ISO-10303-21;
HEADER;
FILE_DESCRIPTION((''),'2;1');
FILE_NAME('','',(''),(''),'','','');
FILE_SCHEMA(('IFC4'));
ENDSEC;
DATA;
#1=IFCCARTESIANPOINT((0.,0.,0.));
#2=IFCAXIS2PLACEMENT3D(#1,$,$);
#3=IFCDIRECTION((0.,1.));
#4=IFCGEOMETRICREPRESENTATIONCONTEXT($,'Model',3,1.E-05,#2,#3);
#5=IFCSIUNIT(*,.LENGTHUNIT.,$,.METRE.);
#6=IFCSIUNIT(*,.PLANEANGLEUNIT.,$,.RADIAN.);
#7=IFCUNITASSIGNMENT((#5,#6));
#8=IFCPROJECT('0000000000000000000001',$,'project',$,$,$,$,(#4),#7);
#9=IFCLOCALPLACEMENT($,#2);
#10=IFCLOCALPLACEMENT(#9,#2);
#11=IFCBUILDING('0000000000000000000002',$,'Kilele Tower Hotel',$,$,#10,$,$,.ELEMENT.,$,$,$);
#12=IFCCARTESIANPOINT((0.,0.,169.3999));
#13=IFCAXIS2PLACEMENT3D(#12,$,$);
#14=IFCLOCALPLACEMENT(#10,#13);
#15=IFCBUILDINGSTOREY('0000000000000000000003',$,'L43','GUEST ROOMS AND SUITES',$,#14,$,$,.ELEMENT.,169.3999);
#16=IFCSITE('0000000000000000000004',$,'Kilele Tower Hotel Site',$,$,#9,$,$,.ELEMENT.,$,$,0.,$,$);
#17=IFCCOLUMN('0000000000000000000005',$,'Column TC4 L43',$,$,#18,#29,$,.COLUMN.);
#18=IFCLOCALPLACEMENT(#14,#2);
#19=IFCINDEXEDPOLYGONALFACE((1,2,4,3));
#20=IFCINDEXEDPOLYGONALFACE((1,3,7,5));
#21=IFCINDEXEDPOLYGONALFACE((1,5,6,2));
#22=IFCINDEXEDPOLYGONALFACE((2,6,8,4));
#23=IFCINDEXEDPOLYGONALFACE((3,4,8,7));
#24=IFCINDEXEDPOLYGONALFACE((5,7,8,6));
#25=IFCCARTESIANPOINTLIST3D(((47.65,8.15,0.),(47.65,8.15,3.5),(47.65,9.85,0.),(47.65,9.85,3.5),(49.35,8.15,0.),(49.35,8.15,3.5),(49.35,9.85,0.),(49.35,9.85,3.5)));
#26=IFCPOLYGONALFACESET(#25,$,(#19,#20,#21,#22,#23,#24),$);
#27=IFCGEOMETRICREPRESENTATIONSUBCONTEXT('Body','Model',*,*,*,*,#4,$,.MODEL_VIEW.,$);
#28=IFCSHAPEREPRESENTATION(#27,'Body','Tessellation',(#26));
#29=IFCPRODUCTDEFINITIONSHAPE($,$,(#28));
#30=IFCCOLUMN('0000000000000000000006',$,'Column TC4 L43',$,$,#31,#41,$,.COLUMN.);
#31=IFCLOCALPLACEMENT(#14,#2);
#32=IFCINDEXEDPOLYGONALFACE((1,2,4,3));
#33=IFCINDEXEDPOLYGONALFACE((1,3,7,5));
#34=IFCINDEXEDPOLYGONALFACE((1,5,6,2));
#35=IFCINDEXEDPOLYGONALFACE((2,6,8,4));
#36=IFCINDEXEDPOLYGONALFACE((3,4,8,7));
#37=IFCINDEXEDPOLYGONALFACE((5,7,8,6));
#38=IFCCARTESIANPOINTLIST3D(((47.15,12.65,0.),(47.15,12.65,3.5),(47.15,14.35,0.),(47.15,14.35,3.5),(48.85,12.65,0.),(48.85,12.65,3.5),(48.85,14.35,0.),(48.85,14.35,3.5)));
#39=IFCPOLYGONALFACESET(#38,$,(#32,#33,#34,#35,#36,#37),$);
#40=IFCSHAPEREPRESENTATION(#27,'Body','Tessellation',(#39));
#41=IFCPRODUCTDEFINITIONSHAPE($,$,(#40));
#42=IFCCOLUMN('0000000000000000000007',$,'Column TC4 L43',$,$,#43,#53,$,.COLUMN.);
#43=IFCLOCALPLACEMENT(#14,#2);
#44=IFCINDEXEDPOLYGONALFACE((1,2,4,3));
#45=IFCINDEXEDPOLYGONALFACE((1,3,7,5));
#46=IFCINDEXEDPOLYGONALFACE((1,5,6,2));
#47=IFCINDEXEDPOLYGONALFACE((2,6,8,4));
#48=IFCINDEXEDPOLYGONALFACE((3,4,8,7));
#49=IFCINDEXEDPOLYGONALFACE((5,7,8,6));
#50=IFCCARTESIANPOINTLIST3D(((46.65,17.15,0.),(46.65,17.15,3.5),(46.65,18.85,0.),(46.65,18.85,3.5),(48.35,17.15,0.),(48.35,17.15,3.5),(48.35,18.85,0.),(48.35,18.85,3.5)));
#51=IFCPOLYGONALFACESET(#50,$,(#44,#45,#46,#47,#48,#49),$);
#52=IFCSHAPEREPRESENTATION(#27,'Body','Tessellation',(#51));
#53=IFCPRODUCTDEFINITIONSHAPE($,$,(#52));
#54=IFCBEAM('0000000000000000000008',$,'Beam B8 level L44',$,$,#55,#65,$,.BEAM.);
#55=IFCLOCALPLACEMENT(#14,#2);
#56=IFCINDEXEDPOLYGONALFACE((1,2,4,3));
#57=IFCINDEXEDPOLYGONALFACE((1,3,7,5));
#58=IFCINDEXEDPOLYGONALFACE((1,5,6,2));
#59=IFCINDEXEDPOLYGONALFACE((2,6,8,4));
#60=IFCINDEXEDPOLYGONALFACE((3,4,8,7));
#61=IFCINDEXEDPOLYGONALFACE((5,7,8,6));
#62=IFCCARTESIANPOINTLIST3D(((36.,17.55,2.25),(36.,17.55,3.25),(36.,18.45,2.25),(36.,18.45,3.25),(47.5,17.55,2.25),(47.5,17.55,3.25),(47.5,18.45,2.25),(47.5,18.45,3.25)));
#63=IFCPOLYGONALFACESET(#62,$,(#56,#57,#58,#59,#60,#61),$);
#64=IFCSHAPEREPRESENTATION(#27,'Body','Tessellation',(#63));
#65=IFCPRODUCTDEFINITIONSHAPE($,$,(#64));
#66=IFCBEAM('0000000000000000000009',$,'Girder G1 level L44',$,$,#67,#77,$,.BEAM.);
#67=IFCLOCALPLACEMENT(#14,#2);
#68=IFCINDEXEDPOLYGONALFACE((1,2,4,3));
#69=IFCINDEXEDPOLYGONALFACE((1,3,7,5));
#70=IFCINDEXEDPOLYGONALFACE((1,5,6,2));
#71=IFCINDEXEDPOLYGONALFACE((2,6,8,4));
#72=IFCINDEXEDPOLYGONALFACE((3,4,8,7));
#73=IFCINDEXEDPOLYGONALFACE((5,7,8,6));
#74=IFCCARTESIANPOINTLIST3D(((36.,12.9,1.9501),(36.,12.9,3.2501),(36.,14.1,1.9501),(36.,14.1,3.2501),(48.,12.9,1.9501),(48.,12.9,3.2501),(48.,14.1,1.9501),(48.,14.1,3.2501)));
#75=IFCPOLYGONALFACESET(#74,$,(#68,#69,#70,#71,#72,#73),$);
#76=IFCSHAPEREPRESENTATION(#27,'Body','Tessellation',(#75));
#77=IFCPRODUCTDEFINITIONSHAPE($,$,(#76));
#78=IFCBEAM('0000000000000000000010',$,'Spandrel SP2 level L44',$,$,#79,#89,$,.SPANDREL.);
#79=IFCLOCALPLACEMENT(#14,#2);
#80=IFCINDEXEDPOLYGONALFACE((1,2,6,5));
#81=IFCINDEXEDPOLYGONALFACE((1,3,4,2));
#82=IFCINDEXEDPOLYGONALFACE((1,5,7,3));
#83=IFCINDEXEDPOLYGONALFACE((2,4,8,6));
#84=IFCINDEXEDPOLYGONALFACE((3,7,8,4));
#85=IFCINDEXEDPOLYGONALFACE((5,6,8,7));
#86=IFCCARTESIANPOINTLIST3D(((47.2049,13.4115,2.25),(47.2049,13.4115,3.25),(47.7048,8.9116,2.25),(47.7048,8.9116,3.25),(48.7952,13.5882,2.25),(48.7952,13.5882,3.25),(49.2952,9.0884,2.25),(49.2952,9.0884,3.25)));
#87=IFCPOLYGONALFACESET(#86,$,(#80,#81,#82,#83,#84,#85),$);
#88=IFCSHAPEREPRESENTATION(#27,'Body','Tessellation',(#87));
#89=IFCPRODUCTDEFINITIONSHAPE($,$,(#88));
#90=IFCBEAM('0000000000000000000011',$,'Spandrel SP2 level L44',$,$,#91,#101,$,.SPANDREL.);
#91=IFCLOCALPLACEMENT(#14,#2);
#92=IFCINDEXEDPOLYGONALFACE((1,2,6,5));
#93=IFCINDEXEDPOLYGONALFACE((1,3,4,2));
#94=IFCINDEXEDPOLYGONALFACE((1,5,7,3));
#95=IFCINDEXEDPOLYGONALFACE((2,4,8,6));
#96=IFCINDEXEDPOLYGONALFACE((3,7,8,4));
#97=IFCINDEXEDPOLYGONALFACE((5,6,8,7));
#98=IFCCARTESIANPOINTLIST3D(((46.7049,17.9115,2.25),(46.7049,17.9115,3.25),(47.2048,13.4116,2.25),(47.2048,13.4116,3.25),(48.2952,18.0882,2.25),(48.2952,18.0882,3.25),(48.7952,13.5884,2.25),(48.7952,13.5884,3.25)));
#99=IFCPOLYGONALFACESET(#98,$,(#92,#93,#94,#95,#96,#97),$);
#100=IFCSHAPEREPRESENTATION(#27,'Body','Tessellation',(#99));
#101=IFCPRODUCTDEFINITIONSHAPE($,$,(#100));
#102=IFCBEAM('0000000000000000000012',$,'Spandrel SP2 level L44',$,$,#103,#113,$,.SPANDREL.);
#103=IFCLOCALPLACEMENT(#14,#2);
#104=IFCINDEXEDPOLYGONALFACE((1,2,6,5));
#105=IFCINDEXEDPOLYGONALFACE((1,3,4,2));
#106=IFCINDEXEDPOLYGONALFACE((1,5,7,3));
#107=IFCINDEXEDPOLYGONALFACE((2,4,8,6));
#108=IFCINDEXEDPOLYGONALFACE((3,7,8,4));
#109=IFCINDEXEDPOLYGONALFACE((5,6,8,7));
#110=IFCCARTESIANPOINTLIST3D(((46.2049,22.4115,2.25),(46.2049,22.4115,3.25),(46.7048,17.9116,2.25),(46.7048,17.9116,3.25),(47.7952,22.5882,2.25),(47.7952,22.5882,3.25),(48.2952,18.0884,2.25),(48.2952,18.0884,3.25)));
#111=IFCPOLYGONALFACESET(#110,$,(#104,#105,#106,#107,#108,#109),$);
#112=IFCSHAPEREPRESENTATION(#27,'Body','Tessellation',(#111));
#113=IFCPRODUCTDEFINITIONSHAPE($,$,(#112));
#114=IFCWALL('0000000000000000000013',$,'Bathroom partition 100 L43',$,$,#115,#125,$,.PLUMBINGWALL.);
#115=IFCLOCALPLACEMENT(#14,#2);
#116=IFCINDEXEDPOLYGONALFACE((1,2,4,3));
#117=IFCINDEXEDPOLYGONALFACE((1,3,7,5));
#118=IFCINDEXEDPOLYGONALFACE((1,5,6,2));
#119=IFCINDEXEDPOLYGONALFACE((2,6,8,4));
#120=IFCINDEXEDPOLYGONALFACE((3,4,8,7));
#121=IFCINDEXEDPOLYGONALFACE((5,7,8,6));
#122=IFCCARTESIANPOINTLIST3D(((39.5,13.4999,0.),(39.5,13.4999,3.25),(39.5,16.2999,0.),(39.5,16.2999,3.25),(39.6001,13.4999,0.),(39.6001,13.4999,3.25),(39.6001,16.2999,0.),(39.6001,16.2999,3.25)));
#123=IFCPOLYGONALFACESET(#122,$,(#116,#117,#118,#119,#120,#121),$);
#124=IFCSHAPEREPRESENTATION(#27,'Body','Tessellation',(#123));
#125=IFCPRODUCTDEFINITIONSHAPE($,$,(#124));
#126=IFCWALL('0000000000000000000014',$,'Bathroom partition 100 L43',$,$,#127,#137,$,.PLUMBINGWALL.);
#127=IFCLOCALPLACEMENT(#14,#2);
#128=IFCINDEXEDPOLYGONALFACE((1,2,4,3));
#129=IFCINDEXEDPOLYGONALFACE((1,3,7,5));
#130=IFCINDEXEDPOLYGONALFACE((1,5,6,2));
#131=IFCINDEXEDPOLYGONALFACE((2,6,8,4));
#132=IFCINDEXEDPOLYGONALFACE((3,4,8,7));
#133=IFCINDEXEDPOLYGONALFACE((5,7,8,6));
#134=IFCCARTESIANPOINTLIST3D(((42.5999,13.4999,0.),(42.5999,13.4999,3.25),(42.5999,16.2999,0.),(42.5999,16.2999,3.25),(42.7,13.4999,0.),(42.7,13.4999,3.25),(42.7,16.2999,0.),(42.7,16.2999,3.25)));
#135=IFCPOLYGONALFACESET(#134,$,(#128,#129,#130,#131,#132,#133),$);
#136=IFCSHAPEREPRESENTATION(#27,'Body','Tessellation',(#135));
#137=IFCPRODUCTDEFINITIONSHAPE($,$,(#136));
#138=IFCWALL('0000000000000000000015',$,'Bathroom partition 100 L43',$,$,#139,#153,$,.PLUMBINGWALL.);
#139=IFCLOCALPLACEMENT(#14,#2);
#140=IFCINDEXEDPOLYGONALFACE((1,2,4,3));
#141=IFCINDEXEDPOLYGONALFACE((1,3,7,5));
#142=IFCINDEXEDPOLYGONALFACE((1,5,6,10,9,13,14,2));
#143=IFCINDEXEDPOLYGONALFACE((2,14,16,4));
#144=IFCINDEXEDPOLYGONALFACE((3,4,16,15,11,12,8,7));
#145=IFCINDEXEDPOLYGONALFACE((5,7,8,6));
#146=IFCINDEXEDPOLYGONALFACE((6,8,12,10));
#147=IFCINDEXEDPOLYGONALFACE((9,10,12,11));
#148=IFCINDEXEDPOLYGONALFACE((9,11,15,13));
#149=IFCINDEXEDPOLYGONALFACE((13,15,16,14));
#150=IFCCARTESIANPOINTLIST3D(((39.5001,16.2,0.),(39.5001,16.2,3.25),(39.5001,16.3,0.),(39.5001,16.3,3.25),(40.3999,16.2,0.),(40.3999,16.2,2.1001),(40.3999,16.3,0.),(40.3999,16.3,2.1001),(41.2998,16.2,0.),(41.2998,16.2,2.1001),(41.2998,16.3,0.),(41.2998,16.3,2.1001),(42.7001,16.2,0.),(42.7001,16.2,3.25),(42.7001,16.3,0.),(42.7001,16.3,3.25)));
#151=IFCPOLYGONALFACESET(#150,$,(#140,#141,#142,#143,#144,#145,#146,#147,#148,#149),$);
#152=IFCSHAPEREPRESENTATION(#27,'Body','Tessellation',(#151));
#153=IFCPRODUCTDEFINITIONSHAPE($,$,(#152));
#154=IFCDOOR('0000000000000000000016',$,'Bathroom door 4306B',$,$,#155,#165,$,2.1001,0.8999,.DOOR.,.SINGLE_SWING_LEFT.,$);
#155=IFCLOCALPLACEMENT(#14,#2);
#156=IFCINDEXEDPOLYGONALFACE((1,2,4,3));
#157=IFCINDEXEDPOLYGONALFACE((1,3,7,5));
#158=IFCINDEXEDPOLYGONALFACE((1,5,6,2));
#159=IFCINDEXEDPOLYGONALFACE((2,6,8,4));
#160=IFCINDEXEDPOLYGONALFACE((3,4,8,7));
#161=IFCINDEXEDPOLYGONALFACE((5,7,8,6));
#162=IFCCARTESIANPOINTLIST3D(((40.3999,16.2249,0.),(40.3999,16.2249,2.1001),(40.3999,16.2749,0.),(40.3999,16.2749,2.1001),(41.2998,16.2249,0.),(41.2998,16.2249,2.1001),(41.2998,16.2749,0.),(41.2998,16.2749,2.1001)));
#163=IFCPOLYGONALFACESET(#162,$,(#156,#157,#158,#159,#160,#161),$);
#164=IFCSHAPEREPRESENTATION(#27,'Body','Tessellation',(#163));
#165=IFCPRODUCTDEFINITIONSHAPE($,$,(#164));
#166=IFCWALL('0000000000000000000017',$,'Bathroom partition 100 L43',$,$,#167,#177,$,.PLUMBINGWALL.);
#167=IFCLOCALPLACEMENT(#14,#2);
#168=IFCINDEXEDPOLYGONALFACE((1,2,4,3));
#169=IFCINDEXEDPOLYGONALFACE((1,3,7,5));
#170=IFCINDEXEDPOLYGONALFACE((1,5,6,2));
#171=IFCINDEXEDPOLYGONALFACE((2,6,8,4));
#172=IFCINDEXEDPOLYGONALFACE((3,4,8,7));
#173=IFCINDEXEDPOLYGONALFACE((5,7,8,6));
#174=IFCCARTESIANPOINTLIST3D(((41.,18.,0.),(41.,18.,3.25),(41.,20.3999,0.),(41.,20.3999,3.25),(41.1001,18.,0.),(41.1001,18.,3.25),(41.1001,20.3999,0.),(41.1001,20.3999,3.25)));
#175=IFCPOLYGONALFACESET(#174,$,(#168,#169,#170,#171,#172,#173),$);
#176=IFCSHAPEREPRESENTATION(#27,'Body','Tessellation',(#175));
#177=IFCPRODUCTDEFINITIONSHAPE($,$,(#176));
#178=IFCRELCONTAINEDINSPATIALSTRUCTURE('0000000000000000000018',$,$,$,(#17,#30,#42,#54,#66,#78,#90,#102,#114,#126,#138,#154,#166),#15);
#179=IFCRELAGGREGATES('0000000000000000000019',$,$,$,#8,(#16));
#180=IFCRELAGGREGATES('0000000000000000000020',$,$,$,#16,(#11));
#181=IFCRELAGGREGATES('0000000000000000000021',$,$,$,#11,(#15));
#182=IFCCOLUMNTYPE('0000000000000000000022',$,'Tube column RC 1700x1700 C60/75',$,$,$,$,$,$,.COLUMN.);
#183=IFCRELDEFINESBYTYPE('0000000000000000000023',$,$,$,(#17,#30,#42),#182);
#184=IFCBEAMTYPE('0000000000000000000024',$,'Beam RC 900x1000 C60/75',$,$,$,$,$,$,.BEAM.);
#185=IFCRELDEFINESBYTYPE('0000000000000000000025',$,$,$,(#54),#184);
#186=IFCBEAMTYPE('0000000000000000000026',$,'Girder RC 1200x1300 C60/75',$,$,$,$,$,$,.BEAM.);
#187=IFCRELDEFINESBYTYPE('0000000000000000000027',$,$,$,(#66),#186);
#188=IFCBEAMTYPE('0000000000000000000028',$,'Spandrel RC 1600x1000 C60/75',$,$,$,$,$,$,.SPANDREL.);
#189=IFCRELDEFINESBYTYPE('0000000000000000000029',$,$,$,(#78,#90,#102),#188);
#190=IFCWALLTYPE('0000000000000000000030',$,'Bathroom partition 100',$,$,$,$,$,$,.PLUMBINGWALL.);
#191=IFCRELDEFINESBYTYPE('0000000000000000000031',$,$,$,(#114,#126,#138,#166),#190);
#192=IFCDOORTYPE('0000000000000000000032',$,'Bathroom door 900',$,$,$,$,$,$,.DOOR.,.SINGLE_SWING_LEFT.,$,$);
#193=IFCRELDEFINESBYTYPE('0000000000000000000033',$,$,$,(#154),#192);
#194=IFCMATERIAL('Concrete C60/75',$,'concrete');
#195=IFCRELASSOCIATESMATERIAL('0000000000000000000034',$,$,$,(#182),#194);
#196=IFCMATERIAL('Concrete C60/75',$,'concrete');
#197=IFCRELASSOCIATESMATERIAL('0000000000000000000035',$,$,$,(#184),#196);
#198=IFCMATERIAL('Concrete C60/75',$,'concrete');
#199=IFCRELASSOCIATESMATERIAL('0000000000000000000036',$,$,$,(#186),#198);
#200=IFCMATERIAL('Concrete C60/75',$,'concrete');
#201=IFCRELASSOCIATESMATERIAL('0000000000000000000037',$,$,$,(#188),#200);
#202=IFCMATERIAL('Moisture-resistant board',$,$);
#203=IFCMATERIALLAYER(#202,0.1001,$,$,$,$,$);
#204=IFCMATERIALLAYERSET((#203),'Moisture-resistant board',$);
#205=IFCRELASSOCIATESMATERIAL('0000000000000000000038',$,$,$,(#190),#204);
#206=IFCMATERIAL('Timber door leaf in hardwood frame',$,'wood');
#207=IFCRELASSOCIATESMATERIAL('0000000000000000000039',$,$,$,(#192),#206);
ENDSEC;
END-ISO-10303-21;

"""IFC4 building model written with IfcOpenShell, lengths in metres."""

from ifc_helpers import new_model, si_unit, direction, frame, frame_2d, origin, origin_2d, place, context, subcontext, project, spatial, rectangle, extrude, material, layer, layer_set, material_profile, profile_set, type_object, element, fill, save


model = new_model("IFC4")

# Units and contexts
model_context = context("Model", 3, precision=1e-05, world=origin(), true_north=direction((0.0, 1.0)))
body_context = subcontext(model_context, "Body", "Model", "MODEL_VIEW")
ifc_project = project(units=[si_unit("LENGTHUNIT", "METRE"), si_unit("PLANEANGLEUNIT", "RADIAN")], contexts=[model_context])

# Site, building, storey
site_placement = place(None, origin())
site = spatial("IfcSite", under=ifc_project, at=site_placement, Name="Kilele Tower Hotel Site", CompositionType="ELEMENT", RefElevation=0.0)
building_placement = place(site_placement, origin())
building = spatial("IfcBuilding", under=site, at=building_placement, Name="Kilele Tower Hotel", CompositionType="ELEMENT")
storey_placement = place(building_placement, frame((0.0, 0.0, 169.3999)))
storey = spatial("IfcBuildingStorey", under=building, at=storey_placement, Name="L43", Description="GUEST ROOMS AND SUITES", CompositionType="ELEMENT", Elevation=169.3999)

# Columns
ifc_material_1 = material(Name="Concrete C60/75", Category="concrete")
ifc_material_profile_1 = material_profile(ifc_material_1, rectangle(XDim=1.7, YDim=1.7, at=origin_2d()))
ifc_profile_set_1 = profile_set([ifc_material_profile_1], Name="Concrete C60/75")
column_type = type_object("IfcColumnType", Name="Tube column RC 1700x1700 C60/75", PredefinedType="COLUMN", material=ifc_profile_set_1)
for number, where, z_axis, x_axis, name in (
    (1, (48.5, 9.0, 0.0), (0.0, 0.0, 1.0), (1.0, 0.0, 0.0), "Column TC4 L43"),
    (2, (48.0, 13.5, 0.0), (0.0, 0.0, 1.0), (1.0, 0.0, 0.0), "Column TC4 L43"),
    (3, (47.5, 18.0, 0.0), (0.0, 0.0, 1.0), (1.0, 0.0, 0.0), "Column TC4 L43"),
):
    element("IfcColumn", number, at=place(storey_placement, frame(where, z_axis=z_axis, x_axis=x_axis)), inside=storey, type_object=column_type, Name=name, PredefinedType="COLUMN", context=body_context, shape_type="SweptSolid", body=[
        extrude(rectangle(XDim=1.7, YDim=1.7, at=origin_2d()), origin(), (0.0, 0.0, 1.0), 3.5),
    ])

# Beams
ifc_material_2 = material(Name="Concrete C60/75", Category="concrete")
ifc_material_profile_2 = material_profile(ifc_material_2, rectangle(XDim=0.8999, YDim=1.0, at=origin_2d()))
ifc_profile_set_2 = profile_set([ifc_material_profile_2], Name="Concrete C60/75")
beam_type_1 = type_object("IfcBeamType", Name="Beam RC 900x1000 C60/75", PredefinedType="BEAM", material=ifc_profile_set_2)
beam_1_placement = place(storey_placement, frame((47.5, 18.0, 2.75), z_axis=(-1.0, 0.0, 0.0), x_axis=(0.0, -1.0, 0.0)))
element("IfcBeam", 4, at=beam_1_placement, inside=storey, type_object=beam_type_1, Name="Beam B8 level L44", PredefinedType="BEAM", context=body_context, shape_type="SweptSolid", body=[
    extrude(rectangle(XDim=0.8999, YDim=1.0, at=origin_2d()), origin(), (0.0, 0.0, 1.0), 11.5),
])
ifc_material_3 = material(Name="Concrete C60/75", Category="concrete")
ifc_material_profile_3 = material_profile(ifc_material_3, rectangle(XDim=1.2, YDim=1.3, at=origin_2d()))
ifc_profile_set_3 = profile_set([ifc_material_profile_3], Name="Concrete C60/75")
beam_type_2 = type_object("IfcBeamType", Name="Girder RC 1200x1300 C60/75", PredefinedType="BEAM", material=ifc_profile_set_3)
beam_2_placement = place(storey_placement, frame((48.0, 13.5, 2.6001), z_axis=(-1.0, 0.0, 0.0), x_axis=(0.0, -1.0, 0.0)))
element("IfcBeam", 5, at=beam_2_placement, inside=storey, type_object=beam_type_2, Name="Girder G1 level L44", PredefinedType="BEAM", context=body_context, shape_type="SweptSolid", body=[
    extrude(rectangle(XDim=1.2, YDim=1.3, at=origin_2d()), origin(), (0.0, 0.0, 1.0), 12.0),
])
ifc_material_4 = material(Name="Concrete C60/75", Category="concrete")
ifc_material_profile_4 = material_profile(ifc_material_4, rectangle(XDim=1.6001, YDim=1.0, at=origin_2d()))
ifc_profile_set_4 = profile_set([ifc_material_profile_4], Name="Concrete C60/75")
beam_type_3 = type_object("IfcBeamType", Name="Spandrel RC 1600x1000 C60/75", PredefinedType="SPANDREL", material=ifc_profile_set_4)
for number, where, z_axis, x_axis, name in (
    (6, (48.5, 9.0, 2.75), (-0.110432, 0.993884, 0.0), (-0.993884, -0.110432, 0.0), "Spandrel SP2 level L44"),
    (7, (48.0, 13.5, 2.75), (-0.110432, 0.993884, 0.0), (-0.993884, -0.110432, 0.0), "Spandrel SP2 level L44"),
    (8, (47.5, 18.0, 2.75), (-0.110432, 0.993884, 0.0), (-0.993884, -0.110432, 0.0), "Spandrel SP2 level L44"),
):
    element("IfcBeam", number, at=place(storey_placement, frame(where, z_axis=z_axis, x_axis=x_axis)), inside=storey, type_object=beam_type_3, Name=name, PredefinedType="SPANDREL", context=body_context, shape_type="SweptSolid", body=[
        extrude(rectangle(XDim=1.6001, YDim=1.0, at=origin_2d()), origin(), (0.0, 0.0, 1.0), 4.5276),
    ])

# Walls
ifc_material_5 = material(Name="Moisture-resistant board")
ifc_layer_1 = layer(ifc_material_5, 0.1001)
ifc_layer_set_1 = layer_set([ifc_layer_1], Name="Moisture-resistant board")
wall_type_1 = type_object("IfcWallType", Name="Bathroom partition 100", PredefinedType="PLUMBINGWALL", material=ifc_layer_set_1)
for number, where, z_axis, x_axis, name in (
    (9, (39.55, 13.5, 0.0), (0.0, 0.0, 1.0), (0.0, 1.0, 0.0), "Bathroom partition 100 L43"),
    (10, (42.6499, 13.5, 0.0), (0.0, 0.0, 1.0), (0.0, 1.0, 0.0), "Bathroom partition 100 L43"),
):
    element("IfcWall", number, at=place(storey_placement, frame(where, z_axis=z_axis, x_axis=x_axis)), inside=storey, type_object=wall_type_1, Name=name, PredefinedType="PLUMBINGWALL", context=body_context, shape_type="SweptSolid", body=[
        extrude(rectangle(XDim=2.8, YDim=0.1001, at=frame_2d((1.3999, 0.0))), origin(), (0.0, 0.0, 1.0), 3.25),
    ])

# Wall, opening, door
wall_1_placement = place(storey_placement, frame((39.5, 16.25, 0.0), z_axis=(0.0, 0.0, 1.0), x_axis=(1.0, 0.0, 0.0)))
wall_1 = element("IfcWall", 11, at=wall_1_placement, inside=storey, type_object=wall_type_1, Name="Bathroom partition 100 L43", PredefinedType="PLUMBINGWALL", context=body_context, shape_type="SweptSolid", body=[
    extrude(rectangle(XDim=3.2, YDim=0.1001, at=frame_2d((1.6001, 0.0))), origin(), (0.0, 0.0, 1.0), 3.25),
])
opening_1_placement = place(wall_1_placement, frame((0.8999, 0.0, 0.0)))
opening_1 = element("IfcOpeningElement", 12, at=opening_1_placement, cuts=wall_1, PredefinedType="OPENING", context=body_context, shape_type="SweptSolid", body=[
    extrude(rectangle(XDim=0.8999, YDim=2.1001, at=frame_2d((0.45, 1.05))), frame((0.0, 0.0601, 0.0), z_axis=(0.0, -1.0, 0.0), x_axis=(1.0, 0.0, 0.0)), (0.0, 0.0, 1.0), 0.1201),
])
ifc_material_6 = material(Name="Timber door leaf in hardwood frame", Category="wood")
door_type_1 = type_object("IfcDoorType", Name="Bathroom door 900", OperationType="SINGLE_SWING_LEFT", PredefinedType="DOOR", material=ifc_material_6)
door_1_placement = place(opening_1_placement, origin())
door_1 = element("IfcDoor", 13, at=door_1_placement, inside=storey, type_object=door_type_1, Name="Bathroom door 4306B", OperationType="SINGLE_SWING_LEFT", OverallHeight=2.1001, OverallWidth=0.8999, PredefinedType="DOOR", context=body_context, shape_type="SweptSolid", body=[
    extrude(rectangle(XDim=0.8999, YDim=2.1001, at=frame_2d((0.45, 1.05))), frame((0.0, 0.0249, 0.0), z_axis=(0.0, -1.0, 0.0), x_axis=(1.0, 0.0, 0.0)), (0.0, 0.0, 1.0), 0.05),
])
fill(opening_1, door_1)

# Wall
wall_2_placement = place(storey_placement, frame((41.05, 18.0, 0.0), z_axis=(0.0, 0.0, 1.0), x_axis=(0.0, 1.0, 0.0)))
element("IfcWall", 14, at=wall_2_placement, inside=storey, type_object=wall_type_1, Name="Bathroom partition 100 L43", PredefinedType="PLUMBINGWALL", context=body_context, shape_type="SweptSolid", body=[
    extrude(rectangle(XDim=2.3999, YDim=0.1001, at=frame_2d((1.2, 0.0))), origin(), (0.0, 0.0, 1.0), 3.25),
])

save(model, "model.ifc")
